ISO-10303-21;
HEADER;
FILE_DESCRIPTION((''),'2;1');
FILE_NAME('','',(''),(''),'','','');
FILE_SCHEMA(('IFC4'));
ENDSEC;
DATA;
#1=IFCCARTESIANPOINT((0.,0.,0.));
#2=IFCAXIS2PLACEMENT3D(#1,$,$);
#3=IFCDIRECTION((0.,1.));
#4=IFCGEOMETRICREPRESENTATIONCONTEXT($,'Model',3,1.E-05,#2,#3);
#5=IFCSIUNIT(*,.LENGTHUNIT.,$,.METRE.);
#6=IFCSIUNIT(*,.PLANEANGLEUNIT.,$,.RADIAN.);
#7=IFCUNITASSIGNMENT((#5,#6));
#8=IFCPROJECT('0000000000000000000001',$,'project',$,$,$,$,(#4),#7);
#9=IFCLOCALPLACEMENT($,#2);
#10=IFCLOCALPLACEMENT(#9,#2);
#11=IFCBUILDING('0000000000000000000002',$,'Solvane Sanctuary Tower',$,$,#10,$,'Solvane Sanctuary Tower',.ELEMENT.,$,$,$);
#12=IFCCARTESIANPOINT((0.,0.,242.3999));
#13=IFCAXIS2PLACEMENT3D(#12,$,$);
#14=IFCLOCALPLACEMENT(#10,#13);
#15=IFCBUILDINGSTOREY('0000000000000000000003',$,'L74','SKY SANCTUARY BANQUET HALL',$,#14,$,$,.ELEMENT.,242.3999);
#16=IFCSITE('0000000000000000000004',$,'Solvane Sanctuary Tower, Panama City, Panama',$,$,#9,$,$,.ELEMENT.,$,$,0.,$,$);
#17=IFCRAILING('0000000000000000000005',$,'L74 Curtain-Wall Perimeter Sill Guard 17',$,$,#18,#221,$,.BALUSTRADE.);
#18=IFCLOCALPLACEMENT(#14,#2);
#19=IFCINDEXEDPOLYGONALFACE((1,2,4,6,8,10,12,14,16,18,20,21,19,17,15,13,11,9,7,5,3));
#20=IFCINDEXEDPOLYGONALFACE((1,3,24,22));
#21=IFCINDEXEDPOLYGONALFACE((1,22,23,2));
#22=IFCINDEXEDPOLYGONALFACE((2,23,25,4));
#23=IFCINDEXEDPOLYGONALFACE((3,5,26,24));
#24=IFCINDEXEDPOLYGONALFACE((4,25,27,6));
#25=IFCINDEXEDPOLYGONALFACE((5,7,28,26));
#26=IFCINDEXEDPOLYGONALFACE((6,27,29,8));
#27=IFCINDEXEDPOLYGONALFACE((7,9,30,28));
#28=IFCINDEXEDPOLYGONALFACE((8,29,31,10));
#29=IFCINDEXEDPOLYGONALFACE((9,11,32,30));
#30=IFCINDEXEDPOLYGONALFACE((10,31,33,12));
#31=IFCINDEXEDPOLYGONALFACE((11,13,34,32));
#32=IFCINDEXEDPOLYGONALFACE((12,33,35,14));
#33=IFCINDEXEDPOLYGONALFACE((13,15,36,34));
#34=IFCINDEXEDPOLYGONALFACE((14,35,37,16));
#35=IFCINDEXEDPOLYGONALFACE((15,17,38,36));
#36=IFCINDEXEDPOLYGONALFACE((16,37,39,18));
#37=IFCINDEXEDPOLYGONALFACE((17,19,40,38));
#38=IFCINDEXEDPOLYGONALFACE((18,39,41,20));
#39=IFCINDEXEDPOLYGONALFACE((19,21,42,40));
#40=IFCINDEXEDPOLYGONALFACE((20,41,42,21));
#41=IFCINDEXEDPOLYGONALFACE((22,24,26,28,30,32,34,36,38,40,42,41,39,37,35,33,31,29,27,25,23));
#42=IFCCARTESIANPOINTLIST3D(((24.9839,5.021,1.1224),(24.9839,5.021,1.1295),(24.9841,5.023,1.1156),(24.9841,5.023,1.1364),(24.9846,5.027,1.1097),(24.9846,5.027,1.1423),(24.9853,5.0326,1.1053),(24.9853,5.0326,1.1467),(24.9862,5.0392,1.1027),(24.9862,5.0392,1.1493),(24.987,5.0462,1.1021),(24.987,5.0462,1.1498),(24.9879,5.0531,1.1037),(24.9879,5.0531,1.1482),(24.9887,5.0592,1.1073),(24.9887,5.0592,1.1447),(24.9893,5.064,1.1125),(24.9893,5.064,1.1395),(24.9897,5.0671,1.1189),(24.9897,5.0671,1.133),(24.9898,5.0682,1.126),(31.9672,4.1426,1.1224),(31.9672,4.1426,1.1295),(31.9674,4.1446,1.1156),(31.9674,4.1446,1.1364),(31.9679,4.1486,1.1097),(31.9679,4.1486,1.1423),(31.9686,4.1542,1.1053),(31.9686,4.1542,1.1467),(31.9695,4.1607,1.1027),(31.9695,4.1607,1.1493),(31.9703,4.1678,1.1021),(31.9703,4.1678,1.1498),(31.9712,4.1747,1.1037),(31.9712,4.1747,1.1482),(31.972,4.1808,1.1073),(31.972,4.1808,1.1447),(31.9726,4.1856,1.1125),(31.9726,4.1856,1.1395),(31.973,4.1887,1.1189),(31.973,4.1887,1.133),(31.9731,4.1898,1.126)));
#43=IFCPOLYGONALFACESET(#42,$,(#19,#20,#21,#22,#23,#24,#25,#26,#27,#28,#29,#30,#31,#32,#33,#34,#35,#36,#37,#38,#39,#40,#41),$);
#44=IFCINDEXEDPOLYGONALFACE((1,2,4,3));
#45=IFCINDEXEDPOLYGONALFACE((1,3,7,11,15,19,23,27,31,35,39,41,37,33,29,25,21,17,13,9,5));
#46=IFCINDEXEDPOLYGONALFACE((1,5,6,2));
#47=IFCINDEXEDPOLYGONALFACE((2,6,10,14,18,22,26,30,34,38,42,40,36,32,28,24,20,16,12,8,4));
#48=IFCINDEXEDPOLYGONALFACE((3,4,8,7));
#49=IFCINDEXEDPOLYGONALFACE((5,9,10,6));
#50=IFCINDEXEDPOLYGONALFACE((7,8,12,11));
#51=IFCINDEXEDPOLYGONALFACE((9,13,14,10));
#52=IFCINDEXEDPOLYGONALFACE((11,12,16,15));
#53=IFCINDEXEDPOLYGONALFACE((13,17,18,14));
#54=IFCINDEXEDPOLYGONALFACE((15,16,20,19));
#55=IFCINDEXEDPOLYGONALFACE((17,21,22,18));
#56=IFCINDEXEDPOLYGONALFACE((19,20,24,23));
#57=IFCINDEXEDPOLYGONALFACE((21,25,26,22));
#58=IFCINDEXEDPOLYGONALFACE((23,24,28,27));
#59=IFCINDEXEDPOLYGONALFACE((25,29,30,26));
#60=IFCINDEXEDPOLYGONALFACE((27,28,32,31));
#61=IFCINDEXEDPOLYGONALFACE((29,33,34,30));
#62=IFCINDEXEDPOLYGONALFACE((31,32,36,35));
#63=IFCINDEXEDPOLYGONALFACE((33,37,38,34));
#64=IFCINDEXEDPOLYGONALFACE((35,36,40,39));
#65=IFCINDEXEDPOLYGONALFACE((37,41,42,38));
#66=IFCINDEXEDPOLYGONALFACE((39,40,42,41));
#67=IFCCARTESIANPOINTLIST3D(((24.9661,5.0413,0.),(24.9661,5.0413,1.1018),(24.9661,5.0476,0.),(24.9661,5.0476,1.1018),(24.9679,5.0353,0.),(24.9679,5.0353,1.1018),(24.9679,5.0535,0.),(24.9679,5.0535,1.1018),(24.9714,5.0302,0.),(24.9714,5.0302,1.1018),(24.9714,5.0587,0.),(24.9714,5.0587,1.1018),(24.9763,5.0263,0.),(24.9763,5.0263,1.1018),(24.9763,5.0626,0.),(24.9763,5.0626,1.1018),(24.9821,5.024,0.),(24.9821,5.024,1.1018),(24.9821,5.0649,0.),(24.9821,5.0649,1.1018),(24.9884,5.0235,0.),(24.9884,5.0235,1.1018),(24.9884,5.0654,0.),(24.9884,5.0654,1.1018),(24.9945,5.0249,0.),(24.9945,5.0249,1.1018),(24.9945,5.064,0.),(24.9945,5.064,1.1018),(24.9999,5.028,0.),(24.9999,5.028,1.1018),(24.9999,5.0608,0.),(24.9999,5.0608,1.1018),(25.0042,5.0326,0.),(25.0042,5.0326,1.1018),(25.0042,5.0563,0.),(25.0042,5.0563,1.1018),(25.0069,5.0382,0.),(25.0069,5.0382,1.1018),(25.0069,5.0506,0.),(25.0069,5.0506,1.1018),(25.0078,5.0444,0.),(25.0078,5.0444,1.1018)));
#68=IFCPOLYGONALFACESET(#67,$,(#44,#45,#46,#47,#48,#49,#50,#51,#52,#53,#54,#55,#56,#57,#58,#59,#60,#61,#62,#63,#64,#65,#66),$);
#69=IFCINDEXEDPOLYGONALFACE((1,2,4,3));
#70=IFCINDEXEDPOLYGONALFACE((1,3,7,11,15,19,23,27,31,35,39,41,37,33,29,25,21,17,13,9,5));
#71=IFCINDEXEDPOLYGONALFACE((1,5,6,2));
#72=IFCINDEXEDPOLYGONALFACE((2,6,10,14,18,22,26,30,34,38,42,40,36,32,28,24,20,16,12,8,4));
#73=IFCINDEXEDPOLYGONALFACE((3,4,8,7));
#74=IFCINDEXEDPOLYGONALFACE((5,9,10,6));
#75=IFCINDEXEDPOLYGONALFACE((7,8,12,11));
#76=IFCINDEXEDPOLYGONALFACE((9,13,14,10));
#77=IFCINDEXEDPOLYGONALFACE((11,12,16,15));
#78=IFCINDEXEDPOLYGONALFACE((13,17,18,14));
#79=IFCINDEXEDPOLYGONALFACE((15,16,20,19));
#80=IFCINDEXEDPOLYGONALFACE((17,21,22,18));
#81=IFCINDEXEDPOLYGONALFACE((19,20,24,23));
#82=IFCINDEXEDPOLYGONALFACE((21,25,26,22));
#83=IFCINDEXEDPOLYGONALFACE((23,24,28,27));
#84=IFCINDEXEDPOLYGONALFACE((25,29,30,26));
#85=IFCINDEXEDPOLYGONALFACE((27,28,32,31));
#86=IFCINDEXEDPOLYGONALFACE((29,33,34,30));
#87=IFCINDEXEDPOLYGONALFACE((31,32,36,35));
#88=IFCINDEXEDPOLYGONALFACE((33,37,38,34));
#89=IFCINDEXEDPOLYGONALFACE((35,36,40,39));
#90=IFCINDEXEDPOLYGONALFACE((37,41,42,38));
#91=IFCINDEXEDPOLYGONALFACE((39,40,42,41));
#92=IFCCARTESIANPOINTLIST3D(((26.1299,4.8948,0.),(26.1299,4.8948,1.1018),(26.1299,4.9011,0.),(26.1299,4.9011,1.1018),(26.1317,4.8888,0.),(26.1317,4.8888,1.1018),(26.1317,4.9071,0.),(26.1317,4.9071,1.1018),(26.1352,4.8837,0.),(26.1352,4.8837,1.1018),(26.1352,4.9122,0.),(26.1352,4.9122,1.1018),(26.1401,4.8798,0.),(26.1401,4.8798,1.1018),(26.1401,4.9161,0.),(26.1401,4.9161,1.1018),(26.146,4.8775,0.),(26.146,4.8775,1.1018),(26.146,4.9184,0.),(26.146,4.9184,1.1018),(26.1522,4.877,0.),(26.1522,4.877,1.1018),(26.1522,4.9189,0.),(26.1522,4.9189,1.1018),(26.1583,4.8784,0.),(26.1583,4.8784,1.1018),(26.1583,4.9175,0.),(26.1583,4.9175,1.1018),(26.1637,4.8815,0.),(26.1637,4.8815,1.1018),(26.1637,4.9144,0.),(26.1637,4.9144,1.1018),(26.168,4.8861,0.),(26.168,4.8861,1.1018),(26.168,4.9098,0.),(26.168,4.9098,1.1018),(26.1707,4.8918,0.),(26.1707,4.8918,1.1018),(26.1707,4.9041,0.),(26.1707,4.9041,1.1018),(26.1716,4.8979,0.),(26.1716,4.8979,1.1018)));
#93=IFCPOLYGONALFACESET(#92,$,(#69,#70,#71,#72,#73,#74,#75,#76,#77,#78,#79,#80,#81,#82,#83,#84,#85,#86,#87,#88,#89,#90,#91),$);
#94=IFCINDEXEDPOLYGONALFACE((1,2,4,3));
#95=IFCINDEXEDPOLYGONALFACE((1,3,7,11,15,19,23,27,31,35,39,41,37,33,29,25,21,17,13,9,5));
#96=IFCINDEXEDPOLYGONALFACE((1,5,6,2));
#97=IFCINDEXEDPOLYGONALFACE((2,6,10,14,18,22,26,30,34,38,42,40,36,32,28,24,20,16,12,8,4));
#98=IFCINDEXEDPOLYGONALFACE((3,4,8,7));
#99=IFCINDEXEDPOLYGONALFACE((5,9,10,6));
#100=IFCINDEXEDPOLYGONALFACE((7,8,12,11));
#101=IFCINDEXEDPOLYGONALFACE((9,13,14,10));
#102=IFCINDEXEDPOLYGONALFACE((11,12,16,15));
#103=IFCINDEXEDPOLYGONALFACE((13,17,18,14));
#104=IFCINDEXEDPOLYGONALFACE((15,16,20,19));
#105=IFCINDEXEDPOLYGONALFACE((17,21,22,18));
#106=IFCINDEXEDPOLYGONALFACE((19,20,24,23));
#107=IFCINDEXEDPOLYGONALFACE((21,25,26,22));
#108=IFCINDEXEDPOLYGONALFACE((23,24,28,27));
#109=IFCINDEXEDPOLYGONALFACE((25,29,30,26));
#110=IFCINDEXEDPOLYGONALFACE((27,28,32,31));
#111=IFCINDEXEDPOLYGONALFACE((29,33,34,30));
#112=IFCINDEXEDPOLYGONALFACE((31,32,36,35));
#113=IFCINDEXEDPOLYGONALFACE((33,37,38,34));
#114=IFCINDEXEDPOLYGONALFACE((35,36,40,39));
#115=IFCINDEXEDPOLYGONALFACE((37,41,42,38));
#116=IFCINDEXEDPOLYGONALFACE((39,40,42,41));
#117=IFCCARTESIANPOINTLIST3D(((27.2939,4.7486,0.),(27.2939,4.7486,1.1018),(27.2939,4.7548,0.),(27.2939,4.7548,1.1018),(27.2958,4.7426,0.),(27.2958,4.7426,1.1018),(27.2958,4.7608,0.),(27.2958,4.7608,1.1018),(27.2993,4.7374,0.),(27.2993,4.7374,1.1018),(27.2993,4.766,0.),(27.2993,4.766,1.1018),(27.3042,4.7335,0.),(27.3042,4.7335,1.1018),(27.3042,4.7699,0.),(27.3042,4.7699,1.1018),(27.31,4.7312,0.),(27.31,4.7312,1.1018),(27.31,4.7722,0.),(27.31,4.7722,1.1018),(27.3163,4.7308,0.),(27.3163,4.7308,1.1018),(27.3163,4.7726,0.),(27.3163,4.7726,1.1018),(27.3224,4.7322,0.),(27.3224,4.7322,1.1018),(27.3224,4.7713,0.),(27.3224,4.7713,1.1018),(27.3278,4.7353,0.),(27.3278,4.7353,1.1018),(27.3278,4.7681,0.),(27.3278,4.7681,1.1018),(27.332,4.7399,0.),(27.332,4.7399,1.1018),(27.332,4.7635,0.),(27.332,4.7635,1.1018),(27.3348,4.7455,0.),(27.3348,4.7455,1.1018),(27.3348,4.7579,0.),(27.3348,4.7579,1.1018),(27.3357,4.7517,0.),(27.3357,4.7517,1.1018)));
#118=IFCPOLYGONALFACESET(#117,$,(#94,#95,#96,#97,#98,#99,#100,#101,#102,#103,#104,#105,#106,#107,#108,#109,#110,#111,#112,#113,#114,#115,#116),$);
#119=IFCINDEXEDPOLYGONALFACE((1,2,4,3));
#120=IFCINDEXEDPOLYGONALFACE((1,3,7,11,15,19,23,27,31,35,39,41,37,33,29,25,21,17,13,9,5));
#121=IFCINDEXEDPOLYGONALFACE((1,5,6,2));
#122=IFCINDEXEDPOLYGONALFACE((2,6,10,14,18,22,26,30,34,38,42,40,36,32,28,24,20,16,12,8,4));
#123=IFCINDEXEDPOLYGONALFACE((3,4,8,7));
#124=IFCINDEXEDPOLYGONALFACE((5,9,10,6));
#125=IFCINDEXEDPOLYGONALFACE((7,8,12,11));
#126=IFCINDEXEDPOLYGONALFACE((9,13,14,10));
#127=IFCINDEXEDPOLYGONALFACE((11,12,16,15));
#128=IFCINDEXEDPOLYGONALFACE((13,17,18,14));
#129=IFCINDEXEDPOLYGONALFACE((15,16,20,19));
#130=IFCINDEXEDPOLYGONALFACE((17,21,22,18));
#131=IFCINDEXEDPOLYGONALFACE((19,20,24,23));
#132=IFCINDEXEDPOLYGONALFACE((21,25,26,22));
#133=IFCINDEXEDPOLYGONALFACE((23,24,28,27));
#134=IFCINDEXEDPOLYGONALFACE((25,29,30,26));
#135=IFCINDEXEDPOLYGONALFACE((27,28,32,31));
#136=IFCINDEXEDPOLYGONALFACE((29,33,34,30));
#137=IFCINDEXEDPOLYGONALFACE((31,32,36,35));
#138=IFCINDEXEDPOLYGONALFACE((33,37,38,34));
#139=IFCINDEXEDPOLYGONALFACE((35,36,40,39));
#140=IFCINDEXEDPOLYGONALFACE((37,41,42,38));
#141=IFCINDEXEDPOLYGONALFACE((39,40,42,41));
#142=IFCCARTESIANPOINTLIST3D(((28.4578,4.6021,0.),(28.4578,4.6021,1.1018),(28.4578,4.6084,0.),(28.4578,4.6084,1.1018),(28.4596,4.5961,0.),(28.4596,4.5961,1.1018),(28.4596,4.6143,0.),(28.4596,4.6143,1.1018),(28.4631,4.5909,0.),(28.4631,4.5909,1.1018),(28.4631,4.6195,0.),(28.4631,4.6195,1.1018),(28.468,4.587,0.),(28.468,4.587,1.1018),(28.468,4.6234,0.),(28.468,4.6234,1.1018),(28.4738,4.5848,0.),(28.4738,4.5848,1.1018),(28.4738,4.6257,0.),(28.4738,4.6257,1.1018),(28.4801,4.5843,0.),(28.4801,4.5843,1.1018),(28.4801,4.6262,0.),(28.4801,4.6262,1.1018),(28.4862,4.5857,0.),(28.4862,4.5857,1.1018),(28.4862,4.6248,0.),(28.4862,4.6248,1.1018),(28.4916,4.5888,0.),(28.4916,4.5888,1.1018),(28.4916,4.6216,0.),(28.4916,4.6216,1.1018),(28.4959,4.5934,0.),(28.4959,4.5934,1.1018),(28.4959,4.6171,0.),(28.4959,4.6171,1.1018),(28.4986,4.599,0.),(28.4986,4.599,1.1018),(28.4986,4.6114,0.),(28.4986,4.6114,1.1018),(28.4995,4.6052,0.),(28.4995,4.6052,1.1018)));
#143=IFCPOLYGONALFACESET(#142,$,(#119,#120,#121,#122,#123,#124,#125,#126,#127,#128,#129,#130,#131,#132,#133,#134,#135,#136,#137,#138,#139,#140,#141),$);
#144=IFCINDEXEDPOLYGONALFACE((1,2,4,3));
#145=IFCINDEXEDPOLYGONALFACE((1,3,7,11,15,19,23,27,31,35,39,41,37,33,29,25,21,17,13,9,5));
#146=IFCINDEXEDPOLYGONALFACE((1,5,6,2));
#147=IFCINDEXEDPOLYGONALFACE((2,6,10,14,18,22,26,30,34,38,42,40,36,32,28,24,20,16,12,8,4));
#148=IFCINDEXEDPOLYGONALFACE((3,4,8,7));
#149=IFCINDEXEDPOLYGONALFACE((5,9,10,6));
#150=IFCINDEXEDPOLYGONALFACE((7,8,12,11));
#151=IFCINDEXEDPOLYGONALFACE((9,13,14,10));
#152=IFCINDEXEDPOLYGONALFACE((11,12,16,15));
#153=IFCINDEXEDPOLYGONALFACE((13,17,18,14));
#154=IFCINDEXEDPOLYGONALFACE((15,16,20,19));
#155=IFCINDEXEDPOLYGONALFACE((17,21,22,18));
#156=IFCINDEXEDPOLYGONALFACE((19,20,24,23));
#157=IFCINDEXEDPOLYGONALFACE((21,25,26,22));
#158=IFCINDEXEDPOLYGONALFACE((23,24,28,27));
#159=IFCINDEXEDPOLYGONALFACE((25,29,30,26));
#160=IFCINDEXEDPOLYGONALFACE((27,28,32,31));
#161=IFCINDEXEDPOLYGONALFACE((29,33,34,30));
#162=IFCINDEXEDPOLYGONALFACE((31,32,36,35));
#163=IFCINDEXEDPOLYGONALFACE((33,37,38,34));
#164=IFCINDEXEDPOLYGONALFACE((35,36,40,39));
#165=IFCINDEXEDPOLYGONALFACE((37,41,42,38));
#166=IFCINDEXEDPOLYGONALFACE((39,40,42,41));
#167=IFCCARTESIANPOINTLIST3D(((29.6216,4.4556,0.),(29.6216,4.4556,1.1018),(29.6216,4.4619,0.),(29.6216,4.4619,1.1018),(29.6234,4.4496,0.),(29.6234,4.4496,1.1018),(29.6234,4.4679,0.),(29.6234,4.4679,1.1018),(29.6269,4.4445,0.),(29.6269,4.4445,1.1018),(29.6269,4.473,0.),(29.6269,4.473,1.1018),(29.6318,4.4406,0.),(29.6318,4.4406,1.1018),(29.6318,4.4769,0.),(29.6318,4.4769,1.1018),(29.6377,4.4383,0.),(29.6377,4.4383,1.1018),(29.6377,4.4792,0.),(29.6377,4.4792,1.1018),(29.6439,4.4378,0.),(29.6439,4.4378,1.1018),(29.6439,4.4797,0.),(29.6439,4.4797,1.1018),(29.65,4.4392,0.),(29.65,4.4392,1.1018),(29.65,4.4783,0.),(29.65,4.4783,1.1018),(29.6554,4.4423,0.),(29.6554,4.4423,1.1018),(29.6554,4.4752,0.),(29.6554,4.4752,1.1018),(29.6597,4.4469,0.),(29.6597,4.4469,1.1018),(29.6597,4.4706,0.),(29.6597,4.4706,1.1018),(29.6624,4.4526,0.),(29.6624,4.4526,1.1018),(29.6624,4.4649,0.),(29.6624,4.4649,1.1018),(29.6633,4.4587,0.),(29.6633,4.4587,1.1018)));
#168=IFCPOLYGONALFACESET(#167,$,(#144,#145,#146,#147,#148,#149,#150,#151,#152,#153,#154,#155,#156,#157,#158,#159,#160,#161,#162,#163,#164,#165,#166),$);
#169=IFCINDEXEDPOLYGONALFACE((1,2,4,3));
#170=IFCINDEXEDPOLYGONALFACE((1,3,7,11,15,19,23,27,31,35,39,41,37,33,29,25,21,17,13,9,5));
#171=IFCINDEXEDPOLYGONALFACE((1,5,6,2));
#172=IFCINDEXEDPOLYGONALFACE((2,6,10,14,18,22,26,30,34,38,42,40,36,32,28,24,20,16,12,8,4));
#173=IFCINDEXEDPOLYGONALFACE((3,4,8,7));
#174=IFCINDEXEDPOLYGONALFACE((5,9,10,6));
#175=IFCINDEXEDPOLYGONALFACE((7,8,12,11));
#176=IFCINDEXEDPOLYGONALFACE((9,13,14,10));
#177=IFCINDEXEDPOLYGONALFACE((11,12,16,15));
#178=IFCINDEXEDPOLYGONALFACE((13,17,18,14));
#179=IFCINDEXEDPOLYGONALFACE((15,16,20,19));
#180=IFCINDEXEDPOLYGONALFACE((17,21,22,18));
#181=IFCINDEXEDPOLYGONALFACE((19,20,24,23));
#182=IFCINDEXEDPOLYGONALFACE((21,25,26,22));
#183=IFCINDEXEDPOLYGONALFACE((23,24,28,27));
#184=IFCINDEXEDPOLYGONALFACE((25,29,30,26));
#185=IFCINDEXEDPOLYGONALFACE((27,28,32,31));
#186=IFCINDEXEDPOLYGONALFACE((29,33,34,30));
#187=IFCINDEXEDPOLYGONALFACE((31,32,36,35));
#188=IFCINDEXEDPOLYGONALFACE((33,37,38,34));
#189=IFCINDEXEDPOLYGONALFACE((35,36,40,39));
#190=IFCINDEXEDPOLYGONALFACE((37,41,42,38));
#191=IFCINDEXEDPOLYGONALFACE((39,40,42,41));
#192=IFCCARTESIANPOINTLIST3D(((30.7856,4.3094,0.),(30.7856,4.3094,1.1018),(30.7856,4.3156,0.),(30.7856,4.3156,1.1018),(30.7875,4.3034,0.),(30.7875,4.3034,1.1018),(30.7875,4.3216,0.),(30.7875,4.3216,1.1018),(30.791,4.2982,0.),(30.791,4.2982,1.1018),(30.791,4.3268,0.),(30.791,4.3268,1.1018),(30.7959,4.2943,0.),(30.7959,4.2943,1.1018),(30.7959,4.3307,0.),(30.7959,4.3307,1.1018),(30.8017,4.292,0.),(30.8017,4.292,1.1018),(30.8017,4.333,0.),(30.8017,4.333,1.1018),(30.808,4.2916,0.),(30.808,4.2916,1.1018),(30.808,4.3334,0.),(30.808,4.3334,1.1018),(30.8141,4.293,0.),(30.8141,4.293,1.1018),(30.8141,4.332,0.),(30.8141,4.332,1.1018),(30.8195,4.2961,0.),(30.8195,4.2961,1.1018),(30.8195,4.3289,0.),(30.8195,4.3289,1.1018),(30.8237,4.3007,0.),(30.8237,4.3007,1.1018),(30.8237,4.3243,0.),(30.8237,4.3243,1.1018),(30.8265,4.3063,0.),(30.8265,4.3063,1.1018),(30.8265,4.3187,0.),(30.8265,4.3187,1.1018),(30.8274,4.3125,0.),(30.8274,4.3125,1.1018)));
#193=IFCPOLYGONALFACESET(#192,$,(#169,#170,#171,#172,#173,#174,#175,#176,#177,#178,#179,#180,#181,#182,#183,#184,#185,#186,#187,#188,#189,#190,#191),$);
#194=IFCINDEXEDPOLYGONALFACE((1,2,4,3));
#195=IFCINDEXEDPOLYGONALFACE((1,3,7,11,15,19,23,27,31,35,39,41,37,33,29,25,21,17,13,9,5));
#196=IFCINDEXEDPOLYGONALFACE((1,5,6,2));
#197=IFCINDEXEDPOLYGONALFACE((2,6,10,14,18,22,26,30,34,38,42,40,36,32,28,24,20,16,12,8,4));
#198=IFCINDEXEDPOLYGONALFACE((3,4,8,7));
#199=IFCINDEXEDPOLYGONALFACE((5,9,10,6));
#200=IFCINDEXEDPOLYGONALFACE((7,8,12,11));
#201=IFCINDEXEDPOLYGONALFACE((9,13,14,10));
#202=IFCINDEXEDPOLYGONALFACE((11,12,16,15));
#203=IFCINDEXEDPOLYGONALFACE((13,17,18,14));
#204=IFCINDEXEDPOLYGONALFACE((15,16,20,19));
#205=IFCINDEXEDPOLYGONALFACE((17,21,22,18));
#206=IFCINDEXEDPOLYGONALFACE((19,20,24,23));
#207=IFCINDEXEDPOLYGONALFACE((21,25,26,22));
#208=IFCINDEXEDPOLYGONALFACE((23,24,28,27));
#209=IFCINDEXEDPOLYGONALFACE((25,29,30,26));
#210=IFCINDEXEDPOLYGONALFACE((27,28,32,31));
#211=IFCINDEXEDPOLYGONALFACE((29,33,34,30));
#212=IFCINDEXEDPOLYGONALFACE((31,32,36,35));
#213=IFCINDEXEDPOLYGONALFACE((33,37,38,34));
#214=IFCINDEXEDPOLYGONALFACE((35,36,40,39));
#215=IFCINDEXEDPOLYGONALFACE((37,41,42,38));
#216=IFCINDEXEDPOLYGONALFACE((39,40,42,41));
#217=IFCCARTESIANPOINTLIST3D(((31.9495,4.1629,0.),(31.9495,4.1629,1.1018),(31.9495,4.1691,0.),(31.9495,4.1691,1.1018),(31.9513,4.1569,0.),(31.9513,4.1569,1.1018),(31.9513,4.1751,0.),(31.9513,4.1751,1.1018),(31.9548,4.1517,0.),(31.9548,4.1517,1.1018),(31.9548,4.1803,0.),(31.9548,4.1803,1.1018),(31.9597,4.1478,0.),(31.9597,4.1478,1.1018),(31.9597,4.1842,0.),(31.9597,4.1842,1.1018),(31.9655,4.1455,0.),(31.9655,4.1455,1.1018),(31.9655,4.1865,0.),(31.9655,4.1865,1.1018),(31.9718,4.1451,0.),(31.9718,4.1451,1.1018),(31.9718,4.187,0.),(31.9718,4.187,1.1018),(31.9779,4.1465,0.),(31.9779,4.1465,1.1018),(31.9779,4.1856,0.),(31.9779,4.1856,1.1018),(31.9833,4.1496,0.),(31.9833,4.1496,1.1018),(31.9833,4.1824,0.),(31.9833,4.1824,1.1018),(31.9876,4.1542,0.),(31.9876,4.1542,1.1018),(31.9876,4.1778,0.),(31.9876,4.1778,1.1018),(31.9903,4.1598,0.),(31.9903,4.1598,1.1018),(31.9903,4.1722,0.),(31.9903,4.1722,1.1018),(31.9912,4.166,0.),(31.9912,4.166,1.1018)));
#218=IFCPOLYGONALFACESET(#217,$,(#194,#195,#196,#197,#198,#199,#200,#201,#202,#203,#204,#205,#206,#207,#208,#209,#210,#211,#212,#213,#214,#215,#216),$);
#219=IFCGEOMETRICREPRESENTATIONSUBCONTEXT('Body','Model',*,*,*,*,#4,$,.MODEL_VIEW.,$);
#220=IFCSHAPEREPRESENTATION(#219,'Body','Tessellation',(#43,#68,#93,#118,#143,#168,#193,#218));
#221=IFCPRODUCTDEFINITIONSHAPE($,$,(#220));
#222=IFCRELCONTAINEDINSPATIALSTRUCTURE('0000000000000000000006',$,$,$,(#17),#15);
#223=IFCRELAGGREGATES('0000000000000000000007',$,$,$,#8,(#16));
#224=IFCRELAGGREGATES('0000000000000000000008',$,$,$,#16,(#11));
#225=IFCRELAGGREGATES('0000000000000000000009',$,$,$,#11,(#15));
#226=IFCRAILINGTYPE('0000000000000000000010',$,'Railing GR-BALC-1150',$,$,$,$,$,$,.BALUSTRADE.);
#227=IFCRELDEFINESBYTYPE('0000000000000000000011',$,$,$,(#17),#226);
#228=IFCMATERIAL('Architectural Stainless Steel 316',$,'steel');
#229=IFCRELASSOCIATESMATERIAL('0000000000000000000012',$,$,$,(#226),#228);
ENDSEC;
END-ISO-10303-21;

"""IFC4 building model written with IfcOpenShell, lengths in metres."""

from ifc_helpers import new_model, si_unit, direction, frame, origin, origin_2d, place, context, subcontext, project, spatial, circle, extrude, material, type_object, element, save


model = new_model("IFC4")

# Units and contexts
model_context = context("Model", 3, precision=1e-05, world=origin(), true_north=direction((0.0, 1.0)))
body_context = subcontext(model_context, "Body", "Model", "MODEL_VIEW")
ifc_project = project(units=[si_unit("LENGTHUNIT", "METRE"), si_unit("PLANEANGLEUNIT", "RADIAN")], contexts=[model_context])

# Site, building, storey
site_placement = place(None, origin())
site = spatial("IfcSite", under=ifc_project, at=site_placement, Name="Solvane Sanctuary Tower, Panama City, Panama", CompositionType="ELEMENT", RefElevation=0.0)
building_placement = place(site_placement, origin())
building = spatial("IfcBuilding", under=site, at=building_placement, Name="Solvane Sanctuary Tower", LongName="Solvane Sanctuary Tower", CompositionType="ELEMENT")
storey_placement = place(building_placement, frame((0.0, 0.0, 242.3999)))
storey = spatial("IfcBuildingStorey", under=building, at=storey_placement, Name="L74", Description="SKY SANCTUARY BANQUET HALL", CompositionType="ELEMENT", Elevation=242.3999)

# Shared definitions
ifc_material_1 = material(Name="Architectural Stainless Steel 316", Category="steel")

# Railing
railing_type = type_object("IfcRailingType", Name="Railing GR-BALC-1150", PredefinedType="BALUSTRADE", material=ifc_material_1)
railing_placement = place(storey_placement, frame((24.9868, 5.0444, 0.0)))
element("IfcRailing", 1, at=railing_placement, inside=storey, type_object=railing_type, Name="L74 Curtain-Wall Perimeter Sill Guard 17", PredefinedType="BALUSTRADE", context=body_context, shape_type="SweptSolid", body=[
    extrude(circle(Radius=0.0239, at=origin_2d()), frame((0.0, 0.0, 1.126), z_axis=(0.992182, -0.124803, 0.0), x_axis=(0.124803, 0.992182, 0.0)), (0.0, 0.0, 1.0), 7.0383),
    extrude(circle(Radius=0.021, at=origin_2d()), origin(), (0.0, 0.0, 1.0), 1.1018),
    extrude(circle(Radius=0.021, at=origin_2d()), frame((1.1638, -0.1465, 0.0)), (0.0, 0.0, 1.0), 1.1018),
    extrude(circle(Radius=0.021, at=origin_2d()), frame((2.3279, -0.2927, 0.0)), (0.0, 0.0, 1.0), 1.1018),
    extrude(circle(Radius=0.021, at=origin_2d()), frame((3.4917, -0.4392, 0.0)), (0.0, 0.0, 1.0), 1.1018),
    extrude(circle(Radius=0.021, at=origin_2d()), frame((4.6555, -0.5857, 0.0)), (0.0, 0.0, 1.0), 1.1018),
    extrude(circle(Radius=0.021, at=origin_2d()), frame((5.8196, -0.7319, 0.0)), (0.0, 0.0, 1.0), 1.1018),
    extrude(circle(Radius=0.021, at=origin_2d()), frame((6.9834, -0.8784, 0.0)), (0.0, 0.0, 1.0), 1.1018),
])

save(model, "model.ifc")
